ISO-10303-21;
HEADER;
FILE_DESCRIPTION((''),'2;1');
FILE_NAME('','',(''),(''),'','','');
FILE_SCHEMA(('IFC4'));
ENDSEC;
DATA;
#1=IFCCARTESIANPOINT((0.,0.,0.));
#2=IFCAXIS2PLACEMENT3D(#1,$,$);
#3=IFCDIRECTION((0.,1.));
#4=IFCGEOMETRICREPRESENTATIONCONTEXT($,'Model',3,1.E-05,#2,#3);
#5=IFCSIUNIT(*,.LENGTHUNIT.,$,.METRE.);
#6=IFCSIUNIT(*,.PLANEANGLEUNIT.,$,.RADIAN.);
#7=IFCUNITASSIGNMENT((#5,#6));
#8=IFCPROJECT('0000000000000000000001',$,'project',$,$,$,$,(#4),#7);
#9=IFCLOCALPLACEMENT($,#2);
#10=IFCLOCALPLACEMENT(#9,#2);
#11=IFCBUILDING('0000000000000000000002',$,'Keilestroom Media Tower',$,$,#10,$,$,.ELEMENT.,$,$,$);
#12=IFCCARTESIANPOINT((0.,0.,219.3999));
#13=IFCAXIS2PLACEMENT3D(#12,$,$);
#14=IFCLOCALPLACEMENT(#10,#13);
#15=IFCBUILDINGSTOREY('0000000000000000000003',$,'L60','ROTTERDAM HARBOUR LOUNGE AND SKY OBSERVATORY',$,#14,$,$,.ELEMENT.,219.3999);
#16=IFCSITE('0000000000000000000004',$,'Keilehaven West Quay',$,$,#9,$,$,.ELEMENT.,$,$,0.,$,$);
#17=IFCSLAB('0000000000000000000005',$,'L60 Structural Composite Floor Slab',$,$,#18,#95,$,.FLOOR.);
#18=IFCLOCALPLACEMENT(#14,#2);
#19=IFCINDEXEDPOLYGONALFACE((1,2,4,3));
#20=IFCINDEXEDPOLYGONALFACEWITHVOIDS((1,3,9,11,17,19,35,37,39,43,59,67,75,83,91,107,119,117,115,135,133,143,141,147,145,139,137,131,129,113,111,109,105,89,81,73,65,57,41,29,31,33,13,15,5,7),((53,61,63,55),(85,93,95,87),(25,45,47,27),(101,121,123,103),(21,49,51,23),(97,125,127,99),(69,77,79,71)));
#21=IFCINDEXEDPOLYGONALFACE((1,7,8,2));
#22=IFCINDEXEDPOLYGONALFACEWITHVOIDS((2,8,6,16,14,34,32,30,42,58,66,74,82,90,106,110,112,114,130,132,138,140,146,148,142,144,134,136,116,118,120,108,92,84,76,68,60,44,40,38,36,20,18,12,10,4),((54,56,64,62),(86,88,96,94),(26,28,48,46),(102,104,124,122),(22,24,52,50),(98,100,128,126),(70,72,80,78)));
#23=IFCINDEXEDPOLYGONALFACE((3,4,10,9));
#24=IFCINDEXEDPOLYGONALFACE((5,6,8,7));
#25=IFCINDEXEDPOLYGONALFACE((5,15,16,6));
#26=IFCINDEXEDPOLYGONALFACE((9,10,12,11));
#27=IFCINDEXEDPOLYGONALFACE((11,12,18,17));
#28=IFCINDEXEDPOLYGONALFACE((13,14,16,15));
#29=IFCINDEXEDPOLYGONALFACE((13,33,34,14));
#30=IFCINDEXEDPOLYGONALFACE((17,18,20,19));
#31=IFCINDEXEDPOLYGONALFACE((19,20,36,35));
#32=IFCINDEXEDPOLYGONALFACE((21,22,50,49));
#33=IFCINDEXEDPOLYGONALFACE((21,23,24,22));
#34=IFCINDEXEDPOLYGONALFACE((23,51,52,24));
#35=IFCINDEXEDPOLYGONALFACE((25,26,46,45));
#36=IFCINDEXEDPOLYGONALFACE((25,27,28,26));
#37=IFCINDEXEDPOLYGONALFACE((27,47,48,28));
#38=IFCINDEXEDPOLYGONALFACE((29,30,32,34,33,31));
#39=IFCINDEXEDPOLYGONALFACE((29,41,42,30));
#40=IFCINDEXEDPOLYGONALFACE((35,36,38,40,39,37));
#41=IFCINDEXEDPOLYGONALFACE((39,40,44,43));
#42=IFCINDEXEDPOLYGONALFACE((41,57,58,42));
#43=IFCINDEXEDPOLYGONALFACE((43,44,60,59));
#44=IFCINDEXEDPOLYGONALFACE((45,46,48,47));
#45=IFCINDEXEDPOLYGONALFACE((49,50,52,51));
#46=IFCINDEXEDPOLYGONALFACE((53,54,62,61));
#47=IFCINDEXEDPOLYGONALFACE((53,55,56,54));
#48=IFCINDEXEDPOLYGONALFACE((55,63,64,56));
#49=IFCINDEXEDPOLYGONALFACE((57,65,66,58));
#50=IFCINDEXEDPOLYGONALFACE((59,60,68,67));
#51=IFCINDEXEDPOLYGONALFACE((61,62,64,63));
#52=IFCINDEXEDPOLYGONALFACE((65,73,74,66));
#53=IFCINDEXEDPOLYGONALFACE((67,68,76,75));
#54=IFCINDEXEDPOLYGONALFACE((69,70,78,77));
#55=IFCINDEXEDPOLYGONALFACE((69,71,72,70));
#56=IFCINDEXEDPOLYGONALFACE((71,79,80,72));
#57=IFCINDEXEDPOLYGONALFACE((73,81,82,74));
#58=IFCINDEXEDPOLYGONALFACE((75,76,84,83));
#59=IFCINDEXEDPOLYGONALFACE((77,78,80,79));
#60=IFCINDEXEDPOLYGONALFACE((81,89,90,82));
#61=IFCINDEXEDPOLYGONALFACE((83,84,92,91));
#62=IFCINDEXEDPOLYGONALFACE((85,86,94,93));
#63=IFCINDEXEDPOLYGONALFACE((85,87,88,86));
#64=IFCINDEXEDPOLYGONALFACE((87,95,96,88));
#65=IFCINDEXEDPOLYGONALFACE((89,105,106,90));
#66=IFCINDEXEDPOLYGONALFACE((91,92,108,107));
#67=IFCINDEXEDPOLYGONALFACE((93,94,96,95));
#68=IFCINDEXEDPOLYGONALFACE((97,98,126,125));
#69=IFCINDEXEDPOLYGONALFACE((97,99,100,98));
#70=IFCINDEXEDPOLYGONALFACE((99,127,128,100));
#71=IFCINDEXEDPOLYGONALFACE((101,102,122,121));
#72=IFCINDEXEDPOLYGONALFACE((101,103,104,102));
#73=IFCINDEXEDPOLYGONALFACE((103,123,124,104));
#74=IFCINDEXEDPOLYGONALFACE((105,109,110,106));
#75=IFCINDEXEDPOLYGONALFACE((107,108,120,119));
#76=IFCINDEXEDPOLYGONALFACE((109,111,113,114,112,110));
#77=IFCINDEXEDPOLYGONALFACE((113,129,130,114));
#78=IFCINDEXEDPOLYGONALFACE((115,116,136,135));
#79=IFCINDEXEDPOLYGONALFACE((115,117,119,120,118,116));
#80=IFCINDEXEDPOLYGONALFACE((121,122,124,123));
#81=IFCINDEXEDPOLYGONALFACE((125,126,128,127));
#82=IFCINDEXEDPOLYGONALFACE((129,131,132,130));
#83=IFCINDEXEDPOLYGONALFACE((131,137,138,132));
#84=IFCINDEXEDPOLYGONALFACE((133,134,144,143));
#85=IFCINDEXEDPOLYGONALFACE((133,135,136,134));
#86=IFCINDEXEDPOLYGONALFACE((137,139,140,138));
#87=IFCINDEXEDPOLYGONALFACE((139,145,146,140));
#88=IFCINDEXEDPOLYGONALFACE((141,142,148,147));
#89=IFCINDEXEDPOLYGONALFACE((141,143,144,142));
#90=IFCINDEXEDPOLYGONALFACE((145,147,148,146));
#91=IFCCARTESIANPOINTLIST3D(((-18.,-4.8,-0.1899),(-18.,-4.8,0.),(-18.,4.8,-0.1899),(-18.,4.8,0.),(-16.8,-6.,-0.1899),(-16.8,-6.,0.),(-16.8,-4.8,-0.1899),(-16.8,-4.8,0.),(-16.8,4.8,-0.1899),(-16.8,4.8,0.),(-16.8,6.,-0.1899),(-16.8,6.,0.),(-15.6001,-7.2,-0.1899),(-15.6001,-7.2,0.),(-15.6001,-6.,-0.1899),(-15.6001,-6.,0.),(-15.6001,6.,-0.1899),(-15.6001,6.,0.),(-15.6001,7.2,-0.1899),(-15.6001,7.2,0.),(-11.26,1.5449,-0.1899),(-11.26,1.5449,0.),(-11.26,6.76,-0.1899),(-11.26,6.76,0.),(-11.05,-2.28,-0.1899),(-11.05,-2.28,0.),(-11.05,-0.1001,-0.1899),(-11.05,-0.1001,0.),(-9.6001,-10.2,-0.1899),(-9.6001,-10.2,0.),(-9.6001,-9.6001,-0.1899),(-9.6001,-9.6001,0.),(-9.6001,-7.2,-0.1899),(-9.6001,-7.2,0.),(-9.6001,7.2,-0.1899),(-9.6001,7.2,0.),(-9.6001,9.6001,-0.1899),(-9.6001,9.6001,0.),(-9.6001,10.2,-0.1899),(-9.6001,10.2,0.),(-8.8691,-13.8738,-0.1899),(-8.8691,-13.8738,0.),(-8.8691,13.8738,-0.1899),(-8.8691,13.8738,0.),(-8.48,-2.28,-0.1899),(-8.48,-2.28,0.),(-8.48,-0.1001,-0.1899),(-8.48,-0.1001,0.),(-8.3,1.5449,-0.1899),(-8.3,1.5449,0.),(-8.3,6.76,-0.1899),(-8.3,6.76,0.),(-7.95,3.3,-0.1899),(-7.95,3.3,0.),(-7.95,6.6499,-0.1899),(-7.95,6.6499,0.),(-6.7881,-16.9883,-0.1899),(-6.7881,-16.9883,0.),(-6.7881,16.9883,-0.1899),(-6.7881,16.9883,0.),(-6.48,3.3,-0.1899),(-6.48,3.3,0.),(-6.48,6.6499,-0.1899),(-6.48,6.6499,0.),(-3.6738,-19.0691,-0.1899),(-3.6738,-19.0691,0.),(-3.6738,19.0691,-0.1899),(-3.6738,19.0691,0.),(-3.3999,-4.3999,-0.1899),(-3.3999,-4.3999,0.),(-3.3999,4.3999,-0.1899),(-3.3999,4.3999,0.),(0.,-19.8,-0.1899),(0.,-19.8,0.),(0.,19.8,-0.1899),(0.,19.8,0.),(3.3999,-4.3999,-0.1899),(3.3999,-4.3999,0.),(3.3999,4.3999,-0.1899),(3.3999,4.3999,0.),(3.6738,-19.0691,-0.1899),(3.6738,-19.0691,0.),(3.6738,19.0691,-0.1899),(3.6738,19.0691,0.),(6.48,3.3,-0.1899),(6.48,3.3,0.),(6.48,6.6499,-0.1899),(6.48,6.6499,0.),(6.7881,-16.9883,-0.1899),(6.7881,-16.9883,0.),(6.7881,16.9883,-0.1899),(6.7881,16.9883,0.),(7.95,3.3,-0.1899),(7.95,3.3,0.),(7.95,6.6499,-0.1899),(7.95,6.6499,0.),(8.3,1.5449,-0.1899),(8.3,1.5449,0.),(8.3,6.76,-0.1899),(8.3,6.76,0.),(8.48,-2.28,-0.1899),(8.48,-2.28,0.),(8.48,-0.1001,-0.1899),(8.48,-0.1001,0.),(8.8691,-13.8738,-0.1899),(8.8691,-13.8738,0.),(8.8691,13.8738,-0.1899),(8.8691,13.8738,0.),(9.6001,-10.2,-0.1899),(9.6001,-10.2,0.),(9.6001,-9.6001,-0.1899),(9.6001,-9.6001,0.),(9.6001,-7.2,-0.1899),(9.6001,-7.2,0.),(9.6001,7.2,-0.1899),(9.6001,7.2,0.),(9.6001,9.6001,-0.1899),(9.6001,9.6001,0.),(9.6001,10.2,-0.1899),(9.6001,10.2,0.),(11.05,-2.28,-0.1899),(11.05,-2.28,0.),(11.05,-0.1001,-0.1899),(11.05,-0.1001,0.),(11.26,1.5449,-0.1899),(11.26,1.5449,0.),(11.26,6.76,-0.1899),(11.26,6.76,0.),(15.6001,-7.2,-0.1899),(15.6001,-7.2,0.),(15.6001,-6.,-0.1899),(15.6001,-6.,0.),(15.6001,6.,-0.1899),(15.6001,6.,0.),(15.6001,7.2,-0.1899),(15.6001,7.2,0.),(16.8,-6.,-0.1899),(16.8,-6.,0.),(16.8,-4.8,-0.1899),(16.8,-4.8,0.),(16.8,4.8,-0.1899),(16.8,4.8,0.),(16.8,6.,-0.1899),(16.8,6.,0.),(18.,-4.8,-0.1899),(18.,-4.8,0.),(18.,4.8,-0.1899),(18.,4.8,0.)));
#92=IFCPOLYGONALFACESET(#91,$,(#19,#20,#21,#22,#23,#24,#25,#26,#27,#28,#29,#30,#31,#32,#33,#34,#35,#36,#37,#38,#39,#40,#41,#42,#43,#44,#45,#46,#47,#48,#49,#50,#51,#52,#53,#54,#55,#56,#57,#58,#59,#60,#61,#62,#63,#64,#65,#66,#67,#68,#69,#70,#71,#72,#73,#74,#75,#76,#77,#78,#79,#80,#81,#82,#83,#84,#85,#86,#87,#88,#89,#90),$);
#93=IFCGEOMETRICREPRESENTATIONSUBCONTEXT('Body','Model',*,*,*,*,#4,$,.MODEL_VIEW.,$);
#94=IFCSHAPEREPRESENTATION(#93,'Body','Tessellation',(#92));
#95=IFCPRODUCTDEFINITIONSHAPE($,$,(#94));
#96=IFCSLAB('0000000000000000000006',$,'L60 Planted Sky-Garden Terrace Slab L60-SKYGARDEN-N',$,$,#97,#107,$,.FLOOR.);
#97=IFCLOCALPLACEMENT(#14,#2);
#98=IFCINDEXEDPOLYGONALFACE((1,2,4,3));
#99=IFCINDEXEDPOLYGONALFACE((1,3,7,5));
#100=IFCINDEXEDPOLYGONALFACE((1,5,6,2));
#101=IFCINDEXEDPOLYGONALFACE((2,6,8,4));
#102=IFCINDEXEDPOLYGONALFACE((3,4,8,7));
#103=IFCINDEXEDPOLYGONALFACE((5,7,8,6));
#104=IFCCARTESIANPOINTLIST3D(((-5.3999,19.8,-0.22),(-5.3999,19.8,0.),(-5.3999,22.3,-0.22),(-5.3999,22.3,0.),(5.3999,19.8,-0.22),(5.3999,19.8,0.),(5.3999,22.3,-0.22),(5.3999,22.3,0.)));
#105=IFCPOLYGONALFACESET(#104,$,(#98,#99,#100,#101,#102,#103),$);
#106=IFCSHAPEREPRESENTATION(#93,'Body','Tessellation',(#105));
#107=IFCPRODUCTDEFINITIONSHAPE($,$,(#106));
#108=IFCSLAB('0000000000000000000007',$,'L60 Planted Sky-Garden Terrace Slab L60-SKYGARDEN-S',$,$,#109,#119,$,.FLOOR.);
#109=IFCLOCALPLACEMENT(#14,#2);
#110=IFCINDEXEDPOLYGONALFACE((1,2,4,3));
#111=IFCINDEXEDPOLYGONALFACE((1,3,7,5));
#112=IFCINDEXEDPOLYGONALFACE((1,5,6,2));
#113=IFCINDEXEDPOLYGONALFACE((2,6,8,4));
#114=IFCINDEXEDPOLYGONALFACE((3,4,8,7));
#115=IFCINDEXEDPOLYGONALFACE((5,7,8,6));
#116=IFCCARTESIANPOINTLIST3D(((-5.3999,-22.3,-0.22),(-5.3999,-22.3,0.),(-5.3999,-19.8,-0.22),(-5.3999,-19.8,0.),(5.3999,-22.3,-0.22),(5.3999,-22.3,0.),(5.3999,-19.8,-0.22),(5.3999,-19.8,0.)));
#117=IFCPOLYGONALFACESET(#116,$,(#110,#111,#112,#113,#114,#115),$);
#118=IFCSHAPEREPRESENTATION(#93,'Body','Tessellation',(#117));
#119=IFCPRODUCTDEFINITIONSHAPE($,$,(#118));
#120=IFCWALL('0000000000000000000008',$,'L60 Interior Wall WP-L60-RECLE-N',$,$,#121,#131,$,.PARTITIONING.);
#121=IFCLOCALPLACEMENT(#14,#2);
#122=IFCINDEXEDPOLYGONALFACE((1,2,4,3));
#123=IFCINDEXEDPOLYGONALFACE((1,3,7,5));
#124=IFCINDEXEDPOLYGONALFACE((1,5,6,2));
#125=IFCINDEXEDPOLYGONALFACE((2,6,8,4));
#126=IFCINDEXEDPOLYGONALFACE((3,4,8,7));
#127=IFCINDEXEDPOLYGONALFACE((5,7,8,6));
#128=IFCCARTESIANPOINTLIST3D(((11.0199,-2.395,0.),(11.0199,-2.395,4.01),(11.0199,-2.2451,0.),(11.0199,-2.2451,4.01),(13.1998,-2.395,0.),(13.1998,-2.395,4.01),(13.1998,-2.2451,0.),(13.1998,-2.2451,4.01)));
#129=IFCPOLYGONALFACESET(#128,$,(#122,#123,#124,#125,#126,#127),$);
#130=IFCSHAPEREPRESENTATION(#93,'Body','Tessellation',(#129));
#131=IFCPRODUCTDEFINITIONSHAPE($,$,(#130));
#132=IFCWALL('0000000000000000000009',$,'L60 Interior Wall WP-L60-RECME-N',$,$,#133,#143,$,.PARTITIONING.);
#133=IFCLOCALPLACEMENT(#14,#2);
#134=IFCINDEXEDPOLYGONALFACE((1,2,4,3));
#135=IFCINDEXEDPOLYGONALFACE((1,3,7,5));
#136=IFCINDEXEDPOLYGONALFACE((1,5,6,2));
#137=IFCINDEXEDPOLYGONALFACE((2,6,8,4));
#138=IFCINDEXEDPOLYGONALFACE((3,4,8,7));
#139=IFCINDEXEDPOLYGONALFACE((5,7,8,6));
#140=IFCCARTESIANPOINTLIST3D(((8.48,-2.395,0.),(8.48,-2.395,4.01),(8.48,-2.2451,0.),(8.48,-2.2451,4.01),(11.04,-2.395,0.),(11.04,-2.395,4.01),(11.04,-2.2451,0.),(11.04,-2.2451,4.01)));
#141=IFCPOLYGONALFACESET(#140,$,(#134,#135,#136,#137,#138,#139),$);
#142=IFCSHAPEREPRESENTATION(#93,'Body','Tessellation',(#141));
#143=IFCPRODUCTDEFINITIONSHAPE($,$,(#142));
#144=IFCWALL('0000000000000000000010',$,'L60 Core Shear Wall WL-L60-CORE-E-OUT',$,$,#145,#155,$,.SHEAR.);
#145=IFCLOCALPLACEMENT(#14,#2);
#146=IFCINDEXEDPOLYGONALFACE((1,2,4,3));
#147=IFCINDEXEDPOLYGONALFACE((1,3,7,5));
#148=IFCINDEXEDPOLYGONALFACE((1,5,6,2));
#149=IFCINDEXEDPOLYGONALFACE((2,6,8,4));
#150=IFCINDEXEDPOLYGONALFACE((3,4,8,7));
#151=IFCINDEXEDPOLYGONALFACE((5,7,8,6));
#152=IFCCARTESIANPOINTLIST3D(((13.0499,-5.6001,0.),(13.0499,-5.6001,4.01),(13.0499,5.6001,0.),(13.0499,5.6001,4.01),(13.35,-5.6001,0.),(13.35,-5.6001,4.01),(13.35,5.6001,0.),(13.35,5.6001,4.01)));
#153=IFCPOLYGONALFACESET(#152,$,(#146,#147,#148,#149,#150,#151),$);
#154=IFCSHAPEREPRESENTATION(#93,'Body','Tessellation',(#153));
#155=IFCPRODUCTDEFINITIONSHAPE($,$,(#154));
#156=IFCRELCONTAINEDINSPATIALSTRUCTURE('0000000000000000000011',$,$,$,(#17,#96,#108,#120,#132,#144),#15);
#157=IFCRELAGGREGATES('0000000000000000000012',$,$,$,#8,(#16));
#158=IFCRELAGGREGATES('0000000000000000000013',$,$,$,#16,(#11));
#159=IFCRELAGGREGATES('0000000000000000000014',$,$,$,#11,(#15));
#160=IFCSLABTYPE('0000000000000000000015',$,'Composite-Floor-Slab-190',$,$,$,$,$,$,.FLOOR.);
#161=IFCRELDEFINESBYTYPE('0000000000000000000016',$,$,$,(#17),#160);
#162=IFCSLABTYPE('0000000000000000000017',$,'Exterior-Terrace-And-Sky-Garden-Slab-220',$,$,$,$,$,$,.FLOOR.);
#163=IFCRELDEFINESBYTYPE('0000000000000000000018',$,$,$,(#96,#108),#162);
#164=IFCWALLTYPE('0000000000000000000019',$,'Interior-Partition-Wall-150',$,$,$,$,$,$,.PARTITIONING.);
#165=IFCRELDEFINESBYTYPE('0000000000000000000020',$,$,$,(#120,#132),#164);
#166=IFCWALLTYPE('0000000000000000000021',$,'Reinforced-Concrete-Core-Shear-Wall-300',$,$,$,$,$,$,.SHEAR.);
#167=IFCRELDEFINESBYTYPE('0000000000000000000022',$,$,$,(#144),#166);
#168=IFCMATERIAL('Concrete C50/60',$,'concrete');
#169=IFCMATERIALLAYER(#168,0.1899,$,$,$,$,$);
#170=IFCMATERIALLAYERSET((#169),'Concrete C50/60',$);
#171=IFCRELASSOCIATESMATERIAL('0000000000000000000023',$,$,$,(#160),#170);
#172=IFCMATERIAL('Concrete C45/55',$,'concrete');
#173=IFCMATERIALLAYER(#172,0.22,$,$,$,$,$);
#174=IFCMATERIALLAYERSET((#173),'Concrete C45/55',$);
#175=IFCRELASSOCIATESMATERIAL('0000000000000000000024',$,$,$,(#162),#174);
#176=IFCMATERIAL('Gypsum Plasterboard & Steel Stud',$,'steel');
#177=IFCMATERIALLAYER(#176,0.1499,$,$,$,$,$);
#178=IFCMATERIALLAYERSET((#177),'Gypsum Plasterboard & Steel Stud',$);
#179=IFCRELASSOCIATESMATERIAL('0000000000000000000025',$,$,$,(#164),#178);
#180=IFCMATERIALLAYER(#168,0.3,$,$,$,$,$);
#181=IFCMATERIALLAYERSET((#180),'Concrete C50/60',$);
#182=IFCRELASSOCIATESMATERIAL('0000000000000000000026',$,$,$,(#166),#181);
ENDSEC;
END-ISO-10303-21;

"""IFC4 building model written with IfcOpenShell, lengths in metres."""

from ifc_helpers import new_model, si_unit, direction, frame, frame_2d, origin, place, context, subcontext, project, spatial, polyline, rectangle, outline, extrude, material, layer, layer_set, type_object, element, save


model = new_model("IFC4")

# Units and contexts
model_context = context("Model", 3, precision=1e-05, world=origin(), true_north=direction((0.0, 1.0)))
body_context = subcontext(model_context, "Body", "Model", "MODEL_VIEW")
ifc_project = project(units=[si_unit("LENGTHUNIT", "METRE"), si_unit("PLANEANGLEUNIT", "RADIAN")], contexts=[model_context])

# Site, building, storey
site_placement = place(None, origin())
site = spatial("IfcSite", under=ifc_project, at=site_placement, Name="Keilehaven West Quay", CompositionType="ELEMENT", RefElevation=0.0)
building_placement = place(site_placement, origin())
building = spatial("IfcBuilding", under=site, at=building_placement, Name="Keilestroom Media Tower", CompositionType="ELEMENT")
storey_placement = place(building_placement, frame((0.0, 0.0, 219.3999)))
storey = spatial("IfcBuildingStorey", under=building, at=storey_placement, Name="L60", Description="ROTTERDAM HARBOUR LOUNGE AND SKY OBSERVATORY", CompositionType="ELEMENT", Elevation=219.3999)

# Slabs
ifc_material_1 = material(Name="Concrete C50/60", Category="concrete")
ifc_layer_1 = layer(ifc_material_1, 0.1899)
ifc_layer_set_1 = layer_set([ifc_layer_1], Name="Concrete C50/60")
slab_type_1 = type_object("IfcSlabType", Name="Composite-Floor-Slab-190", PredefinedType="FLOOR", material=ifc_layer_set_1)
slab_1_placement = place(storey_placement, frame((0.0, 0.0, -0.1899)))
element("IfcSlab", 1, at=slab_1_placement, inside=storey, type_object=slab_type_1, Name="L60 Structural Composite Floor Slab", PredefinedType="FLOOR", context=body_context, shape_type="SweptSolid", body=[
    extrude(outline(polyline([(18.0, -4.8), (18.0, 4.8), (16.8, 4.8), (16.8, 6.0), (15.6001, 6.0), (15.6001, 7.2), (9.6001, 7.2), (9.6001, 9.6001), (9.6001, 10.2), (8.8691, 13.8738), (6.7881, 16.9883), (3.6738, 19.0691), (0.0, 19.8), (-3.6738, 19.0691), (-6.7881, 16.9883), (-8.8691, 13.8738), (-9.6001, 10.2), (-9.6001, 9.6001), (-9.6001, 7.2), (-15.6001, 7.2), (-15.6001, 6.0), (-16.8, 6.0), (-16.8, 4.8), (-18.0, 4.8), (-18.0, -4.8), (-16.8, -4.8), (-16.8, -6.0), (-15.6001, -6.0), (-15.6001, -7.2), (-9.6001, -7.2), (-9.6001, -9.6001), (-9.6001, -10.2), (-8.8691, -13.8738), (-6.7881, -16.9883), (-3.6738, -19.0691), (0.0, -19.8), (3.6738, -19.0691), (6.7881, -16.9883), (8.8691, -13.8738), (9.6001, -10.2), (9.6001, -9.6001), (9.6001, -7.2), (15.6001, -7.2), (15.6001, -6.0), (16.8, -6.0), (16.8, -4.8), (18.0, -4.8)]), holes=[polyline([(-8.3, 1.5449), (-11.26, 1.5449), (-11.26, 6.76), (-8.3, 6.76), (-8.3, 1.5449)]), polyline([(-8.48, -2.28), (-11.05, -2.28), (-11.05, -0.1001), (-8.48, -0.1001), (-8.48, -2.28)]), polyline([(-6.48, 3.3), (-7.95, 3.3), (-7.95, 6.6499), (-6.48, 6.6499), (-6.48, 3.3)]), polyline([(3.3999, -4.3999), (-3.3999, -4.3999), (-3.3999, 4.3999), (3.3999, 4.3999), (3.3999, -4.3999)]), polyline([(7.95, 3.3), (6.48, 3.3), (6.48, 6.6499), (7.95, 6.6499), (7.95, 3.3)]), polyline([(11.26, 1.5449), (8.3, 1.5449), (8.3, 6.76), (11.26, 6.76), (11.26, 1.5449)]), polyline([(11.05, -2.28), (8.48, -2.28), (8.48, -0.1001), (11.05, -0.1001), (11.05, -2.28)])]), origin(), (0.0, 0.0, 1.0), 0.1899),
])
ifc_material_2 = material(Name="Concrete C45/55", Category="concrete")
ifc_layer_2 = layer(ifc_material_2, 0.22)
ifc_layer_set_2 = layer_set([ifc_layer_2], Name="Concrete C45/55")
slab_type_2 = type_object("IfcSlabType", Name="Exterior-Terrace-And-Sky-Garden-Slab-220", PredefinedType="FLOOR", material=ifc_layer_set_2)
slab_2_placement = place(storey_placement, frame((0.0, 0.0, -0.22)))
element("IfcSlab", 2, at=slab_2_placement, inside=storey, type_object=slab_type_2, Name="L60 Planted Sky-Garden Terrace Slab L60-SKYGARDEN-N", PredefinedType="FLOOR", context=body_context, shape_type="SweptSolid", body=[
    extrude(outline(polyline([(-5.3999, 19.8), (5.3999, 19.8), (5.3999, 22.3), (-5.3999, 22.3), (-5.3999, 19.8)])), origin(), (0.0, 0.0, 1.0), 0.22),
])
slab_3_placement = place(storey_placement, frame((0.0, 0.0, -0.22)))
element("IfcSlab", 3, at=slab_3_placement, inside=storey, type_object=slab_type_2, Name="L60 Planted Sky-Garden Terrace Slab L60-SKYGARDEN-S", PredefinedType="FLOOR", context=body_context, shape_type="SweptSolid", body=[
    extrude(outline(polyline([(-5.3999, -22.3), (5.3999, -22.3), (5.3999, -19.8), (-5.3999, -19.8), (-5.3999, -22.3)])), origin(), (0.0, 0.0, 1.0), 0.22),
])

# Walls
ifc_material_3 = material(Name="Gypsum Plasterboard & Steel Stud", Category="steel")
ifc_layer_3 = layer(ifc_material_3, 0.1499)
ifc_layer_set_3 = layer_set([ifc_layer_3], Name="Gypsum Plasterboard & Steel Stud")
wall_type_1 = type_object("IfcWallType", Name="Interior-Partition-Wall-150", PredefinedType="PARTITIONING", material=ifc_layer_set_3)
wall_1_placement = place(storey_placement, frame((11.02, -2.3201, 0.0), z_axis=(0.0, 0.0, 1.0), x_axis=(1.0, 0.0, 0.0)))
element("IfcWall", 4, at=wall_1_placement, inside=storey, type_object=wall_type_1, Name="L60 Interior Wall WP-L60-RECLE-N", PredefinedType="PARTITIONING", context=body_context, shape_type="SweptSolid", body=[
    extrude(rectangle(XDim=2.1799, YDim=0.1499, at=frame_2d((1.0898, 0.0))), origin(), (0.0, 0.0, 1.0), 4.01),
])
wall_2_placement = place(storey_placement, frame((8.48, -2.3201, 0.0), z_axis=(0.0, 0.0, 1.0), x_axis=(1.0, 0.0, 0.0)))
element("IfcWall", 5, at=wall_2_placement, inside=storey, type_object=wall_type_1, Name="L60 Interior Wall WP-L60-RECME-N", PredefinedType="PARTITIONING", context=body_context, shape_type="SweptSolid", body=[
    extrude(rectangle(XDim=2.5601, YDim=0.1499, at=frame_2d((1.28, 0.0))), origin(), (0.0, 0.0, 1.0), 4.01),
])
ifc_layer_4 = layer(ifc_material_1, 0.3)
ifc_layer_set_4 = layer_set([ifc_layer_4], Name="Concrete C50/60")
wall_type_2 = type_object("IfcWallType", Name="Reinforced-Concrete-Core-Shear-Wall-300", PredefinedType="SHEAR", material=ifc_layer_set_4)
wall_3_placement = place(storey_placement, frame((13.2, -5.6001, 0.0), z_axis=(0.0, 0.0, 1.0), x_axis=(0.0, 1.0, 0.0)))
element("IfcWall", 6, at=wall_3_placement, inside=storey, type_object=wall_type_2, Name="L60 Core Shear Wall WL-L60-CORE-E-OUT", PredefinedType="SHEAR", context=body_context, shape_type="SweptSolid", body=[
    extrude(rectangle(XDim=11.2002, YDim=0.3, at=frame_2d((5.6001, 0.0))), origin(), (0.0, 0.0, 1.0), 4.01),
])

save(model, "model.ifc")
